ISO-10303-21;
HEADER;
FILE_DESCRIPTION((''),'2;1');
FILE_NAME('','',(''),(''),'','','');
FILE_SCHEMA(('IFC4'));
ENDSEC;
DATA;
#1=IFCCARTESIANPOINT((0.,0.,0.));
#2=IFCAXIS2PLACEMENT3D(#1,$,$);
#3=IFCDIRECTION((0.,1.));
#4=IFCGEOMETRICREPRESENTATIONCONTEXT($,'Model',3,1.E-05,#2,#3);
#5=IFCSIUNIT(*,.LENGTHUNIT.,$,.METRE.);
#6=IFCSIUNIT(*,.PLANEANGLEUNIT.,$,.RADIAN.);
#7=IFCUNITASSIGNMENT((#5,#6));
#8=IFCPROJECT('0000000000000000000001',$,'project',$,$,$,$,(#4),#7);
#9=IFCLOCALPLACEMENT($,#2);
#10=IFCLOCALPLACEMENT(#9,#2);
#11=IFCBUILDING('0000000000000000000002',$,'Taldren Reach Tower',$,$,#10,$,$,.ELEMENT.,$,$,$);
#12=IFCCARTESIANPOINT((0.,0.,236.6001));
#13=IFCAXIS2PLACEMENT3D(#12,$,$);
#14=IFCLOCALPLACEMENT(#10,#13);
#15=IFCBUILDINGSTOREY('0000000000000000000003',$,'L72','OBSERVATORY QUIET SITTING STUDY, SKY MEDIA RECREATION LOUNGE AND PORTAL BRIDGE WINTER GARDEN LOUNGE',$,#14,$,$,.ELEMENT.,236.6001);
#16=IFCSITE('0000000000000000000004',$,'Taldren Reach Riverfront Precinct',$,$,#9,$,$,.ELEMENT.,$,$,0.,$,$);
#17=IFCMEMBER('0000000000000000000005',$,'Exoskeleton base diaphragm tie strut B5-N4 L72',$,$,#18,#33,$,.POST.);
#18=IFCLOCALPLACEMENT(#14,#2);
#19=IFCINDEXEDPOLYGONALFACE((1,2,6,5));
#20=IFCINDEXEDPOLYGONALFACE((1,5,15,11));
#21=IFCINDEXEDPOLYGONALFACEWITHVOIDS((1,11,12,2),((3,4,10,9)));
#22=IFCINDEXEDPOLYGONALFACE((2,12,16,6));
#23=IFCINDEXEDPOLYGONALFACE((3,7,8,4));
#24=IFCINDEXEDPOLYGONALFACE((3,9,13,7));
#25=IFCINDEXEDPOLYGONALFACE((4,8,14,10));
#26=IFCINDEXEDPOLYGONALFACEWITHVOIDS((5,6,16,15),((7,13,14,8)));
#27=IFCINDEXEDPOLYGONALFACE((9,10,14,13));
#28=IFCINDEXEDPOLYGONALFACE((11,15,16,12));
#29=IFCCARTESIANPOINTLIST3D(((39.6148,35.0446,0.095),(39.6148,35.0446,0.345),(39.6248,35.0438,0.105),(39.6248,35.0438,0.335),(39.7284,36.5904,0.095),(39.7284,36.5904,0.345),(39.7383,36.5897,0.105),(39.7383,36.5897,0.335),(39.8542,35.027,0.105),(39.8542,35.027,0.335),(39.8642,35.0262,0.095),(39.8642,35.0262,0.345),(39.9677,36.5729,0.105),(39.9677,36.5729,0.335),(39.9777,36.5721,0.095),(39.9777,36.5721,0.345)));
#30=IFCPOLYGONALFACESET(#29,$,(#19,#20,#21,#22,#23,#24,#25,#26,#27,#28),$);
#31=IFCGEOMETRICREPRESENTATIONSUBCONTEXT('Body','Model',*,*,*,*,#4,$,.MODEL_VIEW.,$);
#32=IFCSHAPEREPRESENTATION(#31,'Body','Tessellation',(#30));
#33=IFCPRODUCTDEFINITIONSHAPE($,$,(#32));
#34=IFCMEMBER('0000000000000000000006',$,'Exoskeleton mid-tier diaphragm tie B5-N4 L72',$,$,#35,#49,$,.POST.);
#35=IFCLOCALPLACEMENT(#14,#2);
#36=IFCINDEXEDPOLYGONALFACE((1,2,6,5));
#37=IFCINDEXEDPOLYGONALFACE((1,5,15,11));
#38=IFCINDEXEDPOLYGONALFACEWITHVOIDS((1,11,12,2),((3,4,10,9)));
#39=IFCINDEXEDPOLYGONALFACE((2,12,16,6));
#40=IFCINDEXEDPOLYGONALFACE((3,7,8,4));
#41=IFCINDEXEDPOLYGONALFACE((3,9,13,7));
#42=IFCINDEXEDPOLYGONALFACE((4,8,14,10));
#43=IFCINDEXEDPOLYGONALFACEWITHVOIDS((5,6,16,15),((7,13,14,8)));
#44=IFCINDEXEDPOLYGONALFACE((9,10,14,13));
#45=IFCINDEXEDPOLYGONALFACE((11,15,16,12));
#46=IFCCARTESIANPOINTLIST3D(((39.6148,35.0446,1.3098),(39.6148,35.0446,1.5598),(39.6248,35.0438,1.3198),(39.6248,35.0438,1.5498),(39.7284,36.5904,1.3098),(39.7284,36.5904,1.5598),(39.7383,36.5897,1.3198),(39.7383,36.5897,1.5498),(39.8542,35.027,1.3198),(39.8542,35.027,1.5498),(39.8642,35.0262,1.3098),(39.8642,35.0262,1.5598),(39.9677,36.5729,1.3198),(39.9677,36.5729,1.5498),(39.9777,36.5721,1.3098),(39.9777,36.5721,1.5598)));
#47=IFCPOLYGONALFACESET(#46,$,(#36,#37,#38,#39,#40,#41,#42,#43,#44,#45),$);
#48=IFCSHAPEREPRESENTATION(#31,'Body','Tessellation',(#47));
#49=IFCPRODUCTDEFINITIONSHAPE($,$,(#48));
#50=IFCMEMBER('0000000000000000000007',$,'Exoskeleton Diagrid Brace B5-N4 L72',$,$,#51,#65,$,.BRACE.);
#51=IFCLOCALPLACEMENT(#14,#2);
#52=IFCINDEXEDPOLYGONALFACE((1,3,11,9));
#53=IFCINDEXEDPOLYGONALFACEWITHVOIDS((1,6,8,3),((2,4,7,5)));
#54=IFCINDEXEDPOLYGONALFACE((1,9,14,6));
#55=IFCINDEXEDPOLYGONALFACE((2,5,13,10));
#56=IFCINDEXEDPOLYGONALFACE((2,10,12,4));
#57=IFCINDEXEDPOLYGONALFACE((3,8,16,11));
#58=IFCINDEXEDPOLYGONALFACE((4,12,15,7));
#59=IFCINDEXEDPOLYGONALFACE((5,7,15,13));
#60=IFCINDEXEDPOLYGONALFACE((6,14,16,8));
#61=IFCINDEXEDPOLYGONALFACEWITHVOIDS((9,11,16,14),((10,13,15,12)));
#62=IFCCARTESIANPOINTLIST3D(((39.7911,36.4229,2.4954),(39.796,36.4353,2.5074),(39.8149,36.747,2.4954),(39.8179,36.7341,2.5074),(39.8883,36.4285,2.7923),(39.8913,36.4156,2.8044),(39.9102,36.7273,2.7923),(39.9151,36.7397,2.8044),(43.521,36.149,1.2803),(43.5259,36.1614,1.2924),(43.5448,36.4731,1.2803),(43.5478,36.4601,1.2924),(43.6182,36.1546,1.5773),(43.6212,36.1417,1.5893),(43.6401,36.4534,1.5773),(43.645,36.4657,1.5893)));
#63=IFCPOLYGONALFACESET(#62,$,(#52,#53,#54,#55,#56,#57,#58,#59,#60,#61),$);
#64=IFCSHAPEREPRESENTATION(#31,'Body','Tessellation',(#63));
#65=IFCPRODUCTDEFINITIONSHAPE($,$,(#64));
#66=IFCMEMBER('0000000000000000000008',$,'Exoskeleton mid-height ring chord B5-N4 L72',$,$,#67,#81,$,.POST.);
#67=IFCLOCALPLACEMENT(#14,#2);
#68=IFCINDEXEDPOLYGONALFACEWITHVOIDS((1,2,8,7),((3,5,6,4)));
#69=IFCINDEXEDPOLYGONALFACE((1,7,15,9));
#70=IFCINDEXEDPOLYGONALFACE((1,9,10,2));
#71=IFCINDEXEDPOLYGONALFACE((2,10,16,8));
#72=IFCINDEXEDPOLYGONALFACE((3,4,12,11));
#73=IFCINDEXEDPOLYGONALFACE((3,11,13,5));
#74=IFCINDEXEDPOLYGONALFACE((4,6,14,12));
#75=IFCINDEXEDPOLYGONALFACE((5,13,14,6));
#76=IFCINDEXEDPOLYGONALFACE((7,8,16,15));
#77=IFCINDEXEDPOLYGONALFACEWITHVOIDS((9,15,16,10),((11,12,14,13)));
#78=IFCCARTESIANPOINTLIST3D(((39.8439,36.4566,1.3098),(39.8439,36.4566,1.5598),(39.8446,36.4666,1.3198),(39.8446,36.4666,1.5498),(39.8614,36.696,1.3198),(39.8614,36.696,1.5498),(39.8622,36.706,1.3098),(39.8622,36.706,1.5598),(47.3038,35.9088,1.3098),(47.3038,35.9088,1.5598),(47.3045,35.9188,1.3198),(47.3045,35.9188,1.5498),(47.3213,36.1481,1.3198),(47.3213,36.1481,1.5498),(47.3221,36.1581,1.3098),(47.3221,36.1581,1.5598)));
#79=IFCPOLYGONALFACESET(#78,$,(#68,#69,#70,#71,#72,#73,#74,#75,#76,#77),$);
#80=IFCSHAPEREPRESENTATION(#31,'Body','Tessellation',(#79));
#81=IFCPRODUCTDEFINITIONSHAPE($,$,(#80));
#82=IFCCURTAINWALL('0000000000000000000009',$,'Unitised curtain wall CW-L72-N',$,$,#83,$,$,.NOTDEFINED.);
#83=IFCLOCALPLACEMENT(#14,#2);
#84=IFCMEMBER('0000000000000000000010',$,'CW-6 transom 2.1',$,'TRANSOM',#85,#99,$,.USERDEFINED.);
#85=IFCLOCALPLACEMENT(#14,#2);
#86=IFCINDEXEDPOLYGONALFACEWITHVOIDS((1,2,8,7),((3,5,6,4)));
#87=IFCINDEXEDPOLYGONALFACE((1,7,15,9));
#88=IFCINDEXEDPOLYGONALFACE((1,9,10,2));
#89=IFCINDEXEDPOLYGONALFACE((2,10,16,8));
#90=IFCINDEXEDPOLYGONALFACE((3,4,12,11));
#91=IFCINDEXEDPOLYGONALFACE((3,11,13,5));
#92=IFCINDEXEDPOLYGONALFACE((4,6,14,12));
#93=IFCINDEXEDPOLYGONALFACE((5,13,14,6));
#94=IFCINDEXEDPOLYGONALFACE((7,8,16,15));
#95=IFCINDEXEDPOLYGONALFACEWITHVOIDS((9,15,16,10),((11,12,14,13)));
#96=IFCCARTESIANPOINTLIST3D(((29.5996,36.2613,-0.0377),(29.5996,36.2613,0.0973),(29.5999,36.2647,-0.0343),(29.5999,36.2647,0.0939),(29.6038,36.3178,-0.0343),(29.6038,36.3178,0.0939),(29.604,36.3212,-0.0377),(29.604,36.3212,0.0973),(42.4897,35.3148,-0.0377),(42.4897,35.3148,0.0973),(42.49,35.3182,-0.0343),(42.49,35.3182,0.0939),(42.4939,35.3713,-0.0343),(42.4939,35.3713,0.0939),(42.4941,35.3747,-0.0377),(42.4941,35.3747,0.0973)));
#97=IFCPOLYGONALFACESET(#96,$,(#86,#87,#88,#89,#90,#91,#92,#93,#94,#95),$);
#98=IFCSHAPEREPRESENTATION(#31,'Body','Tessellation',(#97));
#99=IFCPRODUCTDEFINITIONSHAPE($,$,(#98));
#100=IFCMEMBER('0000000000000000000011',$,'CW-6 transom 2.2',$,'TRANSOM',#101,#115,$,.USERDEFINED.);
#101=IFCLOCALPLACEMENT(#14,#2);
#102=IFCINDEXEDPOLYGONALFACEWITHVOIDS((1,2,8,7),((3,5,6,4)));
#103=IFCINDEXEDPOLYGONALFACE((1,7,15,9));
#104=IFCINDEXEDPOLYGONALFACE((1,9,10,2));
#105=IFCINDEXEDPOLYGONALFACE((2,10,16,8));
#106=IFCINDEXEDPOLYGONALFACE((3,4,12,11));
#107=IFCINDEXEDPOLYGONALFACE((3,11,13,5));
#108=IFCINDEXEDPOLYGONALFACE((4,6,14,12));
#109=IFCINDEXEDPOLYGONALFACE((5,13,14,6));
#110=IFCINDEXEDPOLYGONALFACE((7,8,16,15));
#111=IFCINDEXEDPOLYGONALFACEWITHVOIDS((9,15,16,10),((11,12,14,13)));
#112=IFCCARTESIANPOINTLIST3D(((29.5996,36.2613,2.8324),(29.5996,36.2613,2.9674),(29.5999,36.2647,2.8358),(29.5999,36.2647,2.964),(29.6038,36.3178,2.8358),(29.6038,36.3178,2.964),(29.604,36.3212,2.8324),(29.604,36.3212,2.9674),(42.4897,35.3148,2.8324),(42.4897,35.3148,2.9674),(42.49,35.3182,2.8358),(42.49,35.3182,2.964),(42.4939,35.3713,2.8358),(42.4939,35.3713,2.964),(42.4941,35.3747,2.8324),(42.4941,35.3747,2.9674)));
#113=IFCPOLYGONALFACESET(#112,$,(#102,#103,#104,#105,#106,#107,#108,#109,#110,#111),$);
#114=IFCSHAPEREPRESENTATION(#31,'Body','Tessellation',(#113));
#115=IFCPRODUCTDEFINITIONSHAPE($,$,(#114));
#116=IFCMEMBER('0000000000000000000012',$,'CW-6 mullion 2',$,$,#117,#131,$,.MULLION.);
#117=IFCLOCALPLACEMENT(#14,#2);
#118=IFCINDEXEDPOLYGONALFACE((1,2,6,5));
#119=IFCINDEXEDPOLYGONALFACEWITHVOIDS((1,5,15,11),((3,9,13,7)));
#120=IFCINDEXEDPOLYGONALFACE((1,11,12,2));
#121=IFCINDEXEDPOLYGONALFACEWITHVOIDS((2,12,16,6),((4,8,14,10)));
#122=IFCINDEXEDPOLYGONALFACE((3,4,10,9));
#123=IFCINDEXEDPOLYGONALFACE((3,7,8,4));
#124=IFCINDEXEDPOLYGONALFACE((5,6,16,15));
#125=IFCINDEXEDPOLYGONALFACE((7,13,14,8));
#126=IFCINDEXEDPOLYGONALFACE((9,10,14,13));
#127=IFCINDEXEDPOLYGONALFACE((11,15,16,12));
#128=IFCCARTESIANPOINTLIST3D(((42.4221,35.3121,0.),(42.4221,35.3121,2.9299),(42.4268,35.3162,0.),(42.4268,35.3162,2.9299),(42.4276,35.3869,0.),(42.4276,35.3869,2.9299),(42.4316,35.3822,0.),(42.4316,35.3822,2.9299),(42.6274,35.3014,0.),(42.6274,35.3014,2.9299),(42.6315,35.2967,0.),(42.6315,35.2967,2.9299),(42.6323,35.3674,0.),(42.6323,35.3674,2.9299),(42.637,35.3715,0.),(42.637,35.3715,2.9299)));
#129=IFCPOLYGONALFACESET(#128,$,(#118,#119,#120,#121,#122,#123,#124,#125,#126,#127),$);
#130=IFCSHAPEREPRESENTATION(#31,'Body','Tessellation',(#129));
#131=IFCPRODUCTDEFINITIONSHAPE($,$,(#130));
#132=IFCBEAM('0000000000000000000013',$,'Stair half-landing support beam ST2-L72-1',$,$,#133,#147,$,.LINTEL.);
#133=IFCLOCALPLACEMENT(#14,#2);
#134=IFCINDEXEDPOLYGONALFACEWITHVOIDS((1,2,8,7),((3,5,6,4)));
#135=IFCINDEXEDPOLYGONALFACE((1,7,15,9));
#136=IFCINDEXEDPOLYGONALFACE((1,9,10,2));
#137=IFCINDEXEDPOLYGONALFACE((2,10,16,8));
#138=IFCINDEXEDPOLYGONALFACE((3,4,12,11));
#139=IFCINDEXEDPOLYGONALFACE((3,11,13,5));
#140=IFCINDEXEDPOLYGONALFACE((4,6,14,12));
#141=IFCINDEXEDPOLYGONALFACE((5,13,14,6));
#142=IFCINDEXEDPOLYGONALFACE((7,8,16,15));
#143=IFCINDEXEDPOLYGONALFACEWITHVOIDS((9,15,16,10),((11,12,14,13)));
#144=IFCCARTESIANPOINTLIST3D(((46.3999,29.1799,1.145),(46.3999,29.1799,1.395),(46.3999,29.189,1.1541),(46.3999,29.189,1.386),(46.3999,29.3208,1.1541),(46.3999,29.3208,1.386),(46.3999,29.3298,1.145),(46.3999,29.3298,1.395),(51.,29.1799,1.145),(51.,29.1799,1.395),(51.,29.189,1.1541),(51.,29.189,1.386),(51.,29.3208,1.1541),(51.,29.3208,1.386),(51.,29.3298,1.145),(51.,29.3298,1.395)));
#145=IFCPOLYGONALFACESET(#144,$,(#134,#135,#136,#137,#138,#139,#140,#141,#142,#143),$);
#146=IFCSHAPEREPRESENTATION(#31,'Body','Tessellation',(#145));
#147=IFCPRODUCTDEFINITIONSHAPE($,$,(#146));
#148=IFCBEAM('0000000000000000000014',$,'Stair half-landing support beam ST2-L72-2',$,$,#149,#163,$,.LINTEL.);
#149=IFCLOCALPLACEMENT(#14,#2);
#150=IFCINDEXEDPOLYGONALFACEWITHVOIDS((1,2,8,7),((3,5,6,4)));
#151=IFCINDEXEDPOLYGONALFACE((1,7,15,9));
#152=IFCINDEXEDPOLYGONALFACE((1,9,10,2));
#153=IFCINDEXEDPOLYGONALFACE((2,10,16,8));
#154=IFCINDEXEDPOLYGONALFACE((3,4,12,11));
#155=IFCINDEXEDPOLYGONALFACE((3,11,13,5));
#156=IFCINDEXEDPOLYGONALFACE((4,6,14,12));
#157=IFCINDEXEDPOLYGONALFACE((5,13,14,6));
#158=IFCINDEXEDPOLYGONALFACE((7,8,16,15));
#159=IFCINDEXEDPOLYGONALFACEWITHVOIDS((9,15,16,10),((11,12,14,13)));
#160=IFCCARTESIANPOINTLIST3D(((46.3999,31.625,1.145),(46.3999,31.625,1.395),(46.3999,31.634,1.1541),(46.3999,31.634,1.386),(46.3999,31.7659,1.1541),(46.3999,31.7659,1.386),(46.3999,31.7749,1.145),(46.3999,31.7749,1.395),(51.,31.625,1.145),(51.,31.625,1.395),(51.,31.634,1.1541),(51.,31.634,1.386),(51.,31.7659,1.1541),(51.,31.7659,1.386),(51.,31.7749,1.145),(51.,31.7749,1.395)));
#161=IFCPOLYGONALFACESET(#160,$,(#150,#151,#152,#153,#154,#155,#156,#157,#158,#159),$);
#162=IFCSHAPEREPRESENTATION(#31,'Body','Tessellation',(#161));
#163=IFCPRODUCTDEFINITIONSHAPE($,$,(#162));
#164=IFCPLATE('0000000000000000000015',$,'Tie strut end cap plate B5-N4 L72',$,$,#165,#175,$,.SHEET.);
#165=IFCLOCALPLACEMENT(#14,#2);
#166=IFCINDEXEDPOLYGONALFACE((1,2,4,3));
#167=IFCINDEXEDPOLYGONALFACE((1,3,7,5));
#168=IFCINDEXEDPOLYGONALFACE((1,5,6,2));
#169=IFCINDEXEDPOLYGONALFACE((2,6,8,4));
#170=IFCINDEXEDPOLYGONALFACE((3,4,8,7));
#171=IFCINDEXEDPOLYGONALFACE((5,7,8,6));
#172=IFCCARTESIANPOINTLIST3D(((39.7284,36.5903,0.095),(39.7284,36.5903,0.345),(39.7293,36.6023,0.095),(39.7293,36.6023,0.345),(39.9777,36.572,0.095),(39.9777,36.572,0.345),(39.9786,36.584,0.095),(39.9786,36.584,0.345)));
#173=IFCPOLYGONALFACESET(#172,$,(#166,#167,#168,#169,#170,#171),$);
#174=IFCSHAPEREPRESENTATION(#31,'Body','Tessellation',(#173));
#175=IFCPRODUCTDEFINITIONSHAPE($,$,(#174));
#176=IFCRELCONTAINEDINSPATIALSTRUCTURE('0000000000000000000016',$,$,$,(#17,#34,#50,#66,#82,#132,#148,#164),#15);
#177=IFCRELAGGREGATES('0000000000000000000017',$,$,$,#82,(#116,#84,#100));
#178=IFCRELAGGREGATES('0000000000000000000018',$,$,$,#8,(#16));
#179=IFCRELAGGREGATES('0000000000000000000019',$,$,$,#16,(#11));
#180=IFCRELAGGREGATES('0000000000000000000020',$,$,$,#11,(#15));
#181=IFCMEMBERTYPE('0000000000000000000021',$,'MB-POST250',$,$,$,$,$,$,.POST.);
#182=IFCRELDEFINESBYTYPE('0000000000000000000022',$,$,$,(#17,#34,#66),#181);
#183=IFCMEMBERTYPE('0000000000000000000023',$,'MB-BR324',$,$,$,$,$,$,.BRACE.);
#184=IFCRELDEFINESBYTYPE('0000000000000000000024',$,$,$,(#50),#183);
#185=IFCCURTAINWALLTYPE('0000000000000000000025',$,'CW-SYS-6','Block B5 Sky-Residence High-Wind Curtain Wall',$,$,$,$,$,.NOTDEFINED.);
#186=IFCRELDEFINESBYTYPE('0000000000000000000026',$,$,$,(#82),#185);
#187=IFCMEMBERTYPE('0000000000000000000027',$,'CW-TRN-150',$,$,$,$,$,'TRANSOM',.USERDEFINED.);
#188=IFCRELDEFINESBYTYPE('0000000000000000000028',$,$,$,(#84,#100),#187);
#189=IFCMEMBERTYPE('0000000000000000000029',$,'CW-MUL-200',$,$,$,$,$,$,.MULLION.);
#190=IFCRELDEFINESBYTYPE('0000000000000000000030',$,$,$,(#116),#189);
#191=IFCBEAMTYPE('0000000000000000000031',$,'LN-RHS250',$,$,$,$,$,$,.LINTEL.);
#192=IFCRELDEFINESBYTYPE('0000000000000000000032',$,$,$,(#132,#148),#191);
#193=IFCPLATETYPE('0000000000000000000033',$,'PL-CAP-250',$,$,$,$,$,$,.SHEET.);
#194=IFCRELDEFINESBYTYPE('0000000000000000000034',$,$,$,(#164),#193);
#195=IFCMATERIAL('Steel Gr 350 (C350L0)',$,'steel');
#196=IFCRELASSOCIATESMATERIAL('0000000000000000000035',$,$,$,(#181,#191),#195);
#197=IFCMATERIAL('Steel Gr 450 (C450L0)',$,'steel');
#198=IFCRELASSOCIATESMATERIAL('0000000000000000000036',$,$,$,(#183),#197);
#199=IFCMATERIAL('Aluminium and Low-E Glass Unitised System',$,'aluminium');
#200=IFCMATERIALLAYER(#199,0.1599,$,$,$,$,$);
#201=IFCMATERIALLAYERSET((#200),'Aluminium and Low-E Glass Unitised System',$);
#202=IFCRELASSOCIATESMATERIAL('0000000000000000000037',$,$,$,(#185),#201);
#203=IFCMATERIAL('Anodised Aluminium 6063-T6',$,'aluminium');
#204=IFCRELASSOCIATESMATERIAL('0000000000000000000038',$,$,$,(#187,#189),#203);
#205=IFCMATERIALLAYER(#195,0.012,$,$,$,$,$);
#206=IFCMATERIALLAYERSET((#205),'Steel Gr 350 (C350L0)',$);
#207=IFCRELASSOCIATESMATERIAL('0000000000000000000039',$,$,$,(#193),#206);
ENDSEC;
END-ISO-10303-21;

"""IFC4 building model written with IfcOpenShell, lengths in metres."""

from ifc_helpers import new_model, si_unit, direction, frame, origin, origin_2d, place, context, subcontext, project, spatial, rectangle, hollow_rectangle, extrude, source, transform, mapped, material, layer, layer_set, material_profile, profile_set, type_object, element, aggregate, save


model = new_model("IFC4")

# Units and contexts
model_context = context("Model", 3, precision=1e-05, world=origin(), true_north=direction((0.0, 1.0)))
body_context = subcontext(model_context, "Body", "Model", "MODEL_VIEW")
ifc_project = project(units=[si_unit("LENGTHUNIT", "METRE"), si_unit("PLANEANGLEUNIT", "RADIAN")], contexts=[model_context])

# Site, building, storey
site_placement = place(None, origin())
site = spatial("IfcSite", under=ifc_project, at=site_placement, Name="Taldren Reach Riverfront Precinct", CompositionType="ELEMENT", RefElevation=0.0)
building_placement = place(site_placement, origin())
building = spatial("IfcBuilding", under=site, at=building_placement, Name="Taldren Reach Tower", CompositionType="ELEMENT")
storey_placement = place(building_placement, frame((0.0, 0.0, 236.6001)))
storey = spatial("IfcBuildingStorey", under=building, at=storey_placement, Name="L72", Description="OBSERVATORY QUIET SITTING STUDY, SKY MEDIA RECREATION LOUNGE AND PORTAL BRIDGE WINTER GARDEN LOUNGE", CompositionType="ELEMENT", Elevation=236.6001)

# Members
ifc_material_1 = material(Name="Steel Gr 350 (C350L0)", Category="steel")
ifc_material_profile_1 = material_profile(ifc_material_1, hollow_rectangle(XDim=0.25, YDim=0.25, WallThickness=0.01, at=origin_2d()), Name="250x250x10.0SHS")
ifc_profile_set_1 = profile_set([ifc_material_profile_1], Name="Steel Gr 350 (C350L0)")
member_type_1 = type_object("IfcMemberType", Name="MB-POST250", PredefinedType="POST", material=ifc_profile_set_1)
shared_shape_1 = source(origin(), body_context, "Body", "SweptSolid", [
    extrude(hollow_rectangle(XDim=0.25, YDim=0.25, WallThickness=0.01, at=origin_2d()), origin(), (0.0, 0.0, 1.0), 1.55),
])
for number, where, z_axis, x_axis, name in (
    (1, (39.7395, 35.0354, 0.22), (0.073239, 0.997314, 0.0), (-0.997314, 0.073239, 0.0), "Exoskeleton base diaphragm tie strut B5-N4 L72"),
    (2, (39.7395, 35.0354, 1.4348), (0.073239, 0.997314, 0.0), (-0.997314, 0.073239, 0.0), "Exoskeleton mid-tier diaphragm tie B5-N4 L72"),
):
    element("IfcMember", number, at=place(storey_placement, frame(where, z_axis=z_axis, x_axis=x_axis)), inside=storey, type_object=member_type_1, Name=name, PredefinedType="POST", context=body_context, shape_type="MappedRepresentation", body=[
        mapped(shared_shape_1, transform((0.0, 0.0, 0.0), scale=1.0)),
    ])
ifc_material_2 = material(Name="Steel Gr 450 (C450L0)", Category="steel")
ifc_material_profile_2 = material_profile(ifc_material_2, hollow_rectangle(XDim=0.325, YDim=0.325, WallThickness=0.0127, at=origin_2d()), Name="325x325x12.7SHS")
ifc_profile_set_2 = profile_set([ifc_material_profile_2], Name="Steel Gr 450 (C450L0)")
member_type_2 = type_object("IfcMemberType", Name="MB-BR324", PredefinedType="BRACE", material=ifc_profile_set_2)
shared_shape_2 = source(origin(), body_context, "Body", "SweptSolid", [
    extrude(hollow_rectangle(XDim=0.325, YDim=0.325, WallThickness=0.0127, at=origin_2d()), origin(), (0.0, 0.0, 1.0), 3.9324),
])
member_1_placement = place(storey_placement, frame((43.583, 36.3074, 1.4348), z_axis=(-0.948511, 0.069658, 0.308989), x_axis=(-0.073242, -0.997314, 0.0)))
element("IfcMember", 3, at=member_1_placement, inside=storey, type_object=member_type_2, Name="Exoskeleton Diagrid Brace B5-N4 L72", PredefinedType="BRACE", context=body_context, shape_type="MappedRepresentation", body=[
    mapped(shared_shape_2, transform((0.0, 0.0, 0.0), scale=1.0)),
])
shared_shape_3 = source(origin(), body_context, "Body", "SweptSolid", [
    extrude(hollow_rectangle(XDim=0.25, YDim=0.25, WallThickness=0.01, at=origin_2d()), origin(), (0.0, 0.0, 1.0), 7.48),
])
member_2_placement = place(storey_placement, frame((39.853, 36.5813, 1.4348), z_axis=(0.997314, -0.073242, 0.0), x_axis=(0.073242, 0.997314, 0.0)))
element("IfcMember", 4, at=member_2_placement, inside=storey, type_object=member_type_1, Name="Exoskeleton mid-height ring chord B5-N4 L72", PredefinedType="POST", context=body_context, shape_type="MappedRepresentation", body=[
    mapped(shared_shape_3, transform((0.0, 0.0, 0.0), scale=1.0)),
])

# Curtain wall, members
ifc_material_3 = material(Name="Aluminium and Low-E Glass Unitised System", Category="aluminium")
ifc_layer_1 = layer(ifc_material_3, 0.1599)
ifc_layer_set_1 = layer_set([ifc_layer_1], Name="Aluminium and Low-E Glass Unitised System")
curtain_wall_type = type_object("IfcCurtainWallType", Name="CW-SYS-6", Description="Block B5 Sky-Residence High-Wind Curtain Wall", PredefinedType="NOTDEFINED", material=ifc_layer_set_1)
curtain_wall_placement = place(storey_placement, origin())
curtain_wall = element("IfcCurtainWall", 5, at=curtain_wall_placement, inside=storey, type_object=curtain_wall_type, Name="Unitised curtain wall CW-L72-N", PredefinedType="NOTDEFINED")
ifc_material_4 = material(Name="Anodised Aluminium 6063-T6", Category="aluminium")
ifc_material_profile_3 = material_profile(ifc_material_4, hollow_rectangle(XDim=0.0601, YDim=0.135, WallThickness=0.0034, at=origin_2d()), Name="ALU-135x60x3.5RHS")
ifc_profile_set_3 = profile_set([ifc_material_profile_3], Name="Anodised Aluminium 6063-T6")
member_type_3 = type_object("IfcMemberType", Name="CW-TRN-150", ElementType="TRANSOM", PredefinedType="USERDEFINED", material=ifc_profile_set_3)
shared_shape_4 = source(origin(), body_context, "Body", "SweptSolid", [
    extrude(hollow_rectangle(XDim=0.0601, YDim=0.135, WallThickness=0.0034, at=origin_2d()), origin(), (0.0, 0.0, 1.0), 12.9248),
])
member_3_placement = place(storey_placement, frame((42.4919, 35.3447, 0.0298), z_axis=(-0.997315, 0.073234, 0.0), x_axis=(-0.073234, -0.997315, 0.0)))
member_3 = element("IfcMember", 6, at=member_3_placement, type_object=member_type_3, Name="CW-6 transom 2.1", ObjectType="TRANSOM", PredefinedType="USERDEFINED", context=body_context, shape_type="MappedRepresentation", body=[
    mapped(shared_shape_4, transform((0.0, 0.0, 0.0), scale=1.0)),
])
member_4_placement = place(storey_placement, frame((42.4919, 35.3447, 2.8999), z_axis=(-0.997315, 0.073234, 0.0), x_axis=(-0.073234, -0.997315, 0.0)))
member_4 = element("IfcMember", 7, at=member_4_placement, type_object=member_type_3, Name="CW-6 transom 2.2", ObjectType="TRANSOM", PredefinedType="USERDEFINED", context=body_context, shape_type="MappedRepresentation", body=[
    mapped(shared_shape_4, transform((0.0, 0.0, 0.0), scale=1.0)),
])
ifc_material_profile_4 = material_profile(ifc_material_4, hollow_rectangle(XDim=0.075, YDim=0.21, WallThickness=0.0044, at=origin_2d()), Name="ALU-210x75x4.5RHS")
ifc_profile_set_4 = profile_set([ifc_material_profile_4], Name="Anodised Aluminium 6063-T6")
member_type_4 = type_object("IfcMemberType", Name="CW-MUL-200", PredefinedType="MULLION", material=ifc_profile_set_4)
shared_shape_5 = source(origin(), body_context, "Body", "SweptSolid", [
    extrude(hollow_rectangle(XDim=0.075, YDim=0.21, WallThickness=0.0044, at=origin_2d()), origin(), (0.0, 0.0, 1.0), 2.9299),
])
member_5_placement = place(storey_placement, frame((42.5295, 35.3418, 0.0), z_axis=(0.0, 0.0, 1.0), x_axis=(-0.073238, -0.997314, 0.0)))
member_5 = element("IfcMember", 8, at=member_5_placement, type_object=member_type_4, Name="CW-6 mullion 2", PredefinedType="MULLION", context=body_context, shape_type="MappedRepresentation", body=[
    mapped(shared_shape_5, transform((0.0, 0.0, 0.0), scale=1.0)),
])

# Beams
ifc_material_profile_5 = material_profile(ifc_material_1, hollow_rectangle(XDim=0.1499, YDim=0.25, WallThickness=0.009, at=origin_2d()), Name="250x150x9.0RHS")
ifc_profile_set_5 = profile_set([ifc_material_profile_5], Name="Steel Gr 350 (C350L0)")
beam_type = type_object("IfcBeamType", Name="LN-RHS250", PredefinedType="LINTEL", material=ifc_profile_set_5)
shared_shape_6 = source(origin(), body_context, "Body", "SweptSolid", [
    extrude(hollow_rectangle(XDim=0.1499, YDim=0.25, WallThickness=0.009, at=origin_2d()), origin(), (0.0, 0.0, 1.0), 4.6001),
])
for number, where, z_axis, x_axis, name in (
    (9, (46.3999, 29.2549, 1.27), (1.0, 0.0, 0.0), (0.0, 1.0, 0.0), "Stair half-landing support beam ST2-L72-1"),
    (10, (46.3999, 31.7, 1.27), (1.0, 0.0, 0.0), (0.0, 1.0, 0.0), "Stair half-landing support beam ST2-L72-2"),
):
    element("IfcBeam", number, at=place(storey_placement, frame(where, z_axis=z_axis, x_axis=x_axis)), inside=storey, type_object=beam_type, Name=name, PredefinedType="LINTEL", context=body_context, shape_type="MappedRepresentation", body=[
        mapped(shared_shape_6, transform((0.0, 0.0, 0.0), scale=1.0)),
    ])

# Plate
ifc_layer_2 = layer(ifc_material_1, 0.012)
ifc_layer_set_2 = layer_set([ifc_layer_2], Name="Steel Gr 350 (C350L0)")
plate_type_1 = type_object("IfcPlateType", Name="PL-CAP-250", PredefinedType="SHEET", material=ifc_layer_set_2)
shared_shape_7 = source(origin(), body_context, "Body", "SweptSolid", [
    extrude(rectangle(XDim=0.25, YDim=0.012, at=origin_2d()), origin(), (0.0, 0.0, 1.0), 0.25),
])
plate_1_placement = place(storey_placement, frame((39.8535, 36.5872, 0.095), z_axis=(0.0, 0.0, 1.0), x_axis=(0.997314, -0.073238, 0.0)))
element("IfcPlate", 11, at=plate_1_placement, inside=storey, type_object=plate_type_1, Name="Tie strut end cap plate B5-N4 L72", PredefinedType="SHEET", context=body_context, shape_type="MappedRepresentation", body=[
    mapped(shared_shape_7, transform((0.0, 0.0, 0.0), scale=1.0)),
])
aggregate(curtain_wall, [member_5, member_3, member_4])

save(model, "model.ifc")
